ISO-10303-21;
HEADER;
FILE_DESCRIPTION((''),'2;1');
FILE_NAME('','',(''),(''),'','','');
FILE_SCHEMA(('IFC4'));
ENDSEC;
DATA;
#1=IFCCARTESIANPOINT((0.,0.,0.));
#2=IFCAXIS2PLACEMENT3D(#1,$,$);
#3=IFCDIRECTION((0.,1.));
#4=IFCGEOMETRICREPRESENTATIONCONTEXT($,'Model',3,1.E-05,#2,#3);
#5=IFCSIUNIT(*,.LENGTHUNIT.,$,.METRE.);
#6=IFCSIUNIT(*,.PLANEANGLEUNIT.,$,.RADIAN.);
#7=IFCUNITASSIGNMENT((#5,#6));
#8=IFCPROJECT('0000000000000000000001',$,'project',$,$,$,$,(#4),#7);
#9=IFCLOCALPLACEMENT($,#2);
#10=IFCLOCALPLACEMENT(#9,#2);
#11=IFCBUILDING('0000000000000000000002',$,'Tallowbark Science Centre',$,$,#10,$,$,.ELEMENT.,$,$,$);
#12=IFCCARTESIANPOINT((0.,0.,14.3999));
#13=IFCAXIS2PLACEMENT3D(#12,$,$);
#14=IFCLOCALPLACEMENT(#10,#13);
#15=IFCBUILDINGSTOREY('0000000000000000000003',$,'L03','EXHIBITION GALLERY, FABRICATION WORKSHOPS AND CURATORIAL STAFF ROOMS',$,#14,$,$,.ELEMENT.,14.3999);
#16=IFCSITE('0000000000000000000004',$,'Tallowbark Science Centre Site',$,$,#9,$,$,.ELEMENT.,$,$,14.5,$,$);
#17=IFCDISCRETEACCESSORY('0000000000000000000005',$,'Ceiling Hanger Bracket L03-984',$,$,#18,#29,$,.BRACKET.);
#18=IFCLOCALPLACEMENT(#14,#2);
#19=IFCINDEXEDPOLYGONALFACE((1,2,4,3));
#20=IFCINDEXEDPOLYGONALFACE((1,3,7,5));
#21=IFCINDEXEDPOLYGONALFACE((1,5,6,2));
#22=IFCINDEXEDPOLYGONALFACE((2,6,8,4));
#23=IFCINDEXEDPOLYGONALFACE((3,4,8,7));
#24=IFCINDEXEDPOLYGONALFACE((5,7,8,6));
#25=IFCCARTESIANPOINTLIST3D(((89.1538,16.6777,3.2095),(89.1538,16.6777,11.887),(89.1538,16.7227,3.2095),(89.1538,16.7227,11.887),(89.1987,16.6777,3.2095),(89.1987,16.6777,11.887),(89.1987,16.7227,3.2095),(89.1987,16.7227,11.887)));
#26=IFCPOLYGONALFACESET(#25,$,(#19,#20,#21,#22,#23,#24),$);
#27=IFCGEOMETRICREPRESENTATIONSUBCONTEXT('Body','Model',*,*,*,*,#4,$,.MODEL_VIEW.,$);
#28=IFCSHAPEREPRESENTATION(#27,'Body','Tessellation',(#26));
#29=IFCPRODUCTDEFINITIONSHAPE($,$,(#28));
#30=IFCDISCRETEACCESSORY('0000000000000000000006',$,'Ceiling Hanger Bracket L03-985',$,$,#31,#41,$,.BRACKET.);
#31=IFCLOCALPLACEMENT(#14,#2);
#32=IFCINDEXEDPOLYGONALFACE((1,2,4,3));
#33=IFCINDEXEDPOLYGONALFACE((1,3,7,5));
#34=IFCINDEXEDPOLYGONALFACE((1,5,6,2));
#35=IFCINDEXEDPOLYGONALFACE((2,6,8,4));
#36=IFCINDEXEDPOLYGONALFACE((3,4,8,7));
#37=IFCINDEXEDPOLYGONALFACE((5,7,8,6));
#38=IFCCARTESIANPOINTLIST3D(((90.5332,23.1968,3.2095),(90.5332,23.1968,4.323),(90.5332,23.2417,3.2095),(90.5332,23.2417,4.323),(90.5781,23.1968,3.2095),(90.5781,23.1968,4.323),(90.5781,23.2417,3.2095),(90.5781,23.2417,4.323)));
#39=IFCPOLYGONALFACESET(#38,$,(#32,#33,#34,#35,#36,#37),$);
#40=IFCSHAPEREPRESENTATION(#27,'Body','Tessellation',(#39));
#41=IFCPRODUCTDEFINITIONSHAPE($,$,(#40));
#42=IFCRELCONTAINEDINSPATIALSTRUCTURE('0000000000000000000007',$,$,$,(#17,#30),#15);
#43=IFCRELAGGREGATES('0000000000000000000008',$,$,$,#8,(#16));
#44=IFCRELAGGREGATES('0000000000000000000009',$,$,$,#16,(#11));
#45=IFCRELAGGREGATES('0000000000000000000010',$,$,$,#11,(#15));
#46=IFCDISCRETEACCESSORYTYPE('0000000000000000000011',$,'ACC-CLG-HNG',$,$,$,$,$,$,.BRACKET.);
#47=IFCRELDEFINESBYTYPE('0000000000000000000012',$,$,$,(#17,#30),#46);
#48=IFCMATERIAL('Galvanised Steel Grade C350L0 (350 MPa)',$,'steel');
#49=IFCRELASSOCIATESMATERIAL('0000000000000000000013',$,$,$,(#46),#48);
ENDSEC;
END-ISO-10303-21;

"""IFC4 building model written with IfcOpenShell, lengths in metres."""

from ifc_helpers import new_model, si_unit, direction, frame, origin, origin_2d, place, context, subcontext, project, spatial, rectangle, extrude, material, type_object, element, save


model = new_model("IFC4")

# Units and contexts
model_context = context("Model", 3, precision=1e-05, world=origin(), true_north=direction((0.0, 1.0)))
body_context = subcontext(model_context, "Body", "Model", "MODEL_VIEW")
ifc_project = project(units=[si_unit("LENGTHUNIT", "METRE"), si_unit("PLANEANGLEUNIT", "RADIAN")], contexts=[model_context])

# Site, building, storey
site_placement = place(None, origin())
site = spatial("IfcSite", under=ifc_project, at=site_placement, Name="Tallowbark Science Centre Site", CompositionType="ELEMENT", RefElevation=14.5)
building_placement = place(site_placement, origin())
building = spatial("IfcBuilding", under=site, at=building_placement, Name="Tallowbark Science Centre", CompositionType="ELEMENT")
storey_placement = place(building_placement, frame((0.0, 0.0, 14.3999)))
storey = spatial("IfcBuildingStorey", under=building, at=storey_placement, Name="L03", Description="EXHIBITION GALLERY, FABRICATION WORKSHOPS AND CURATORIAL STAFF ROOMS", CompositionType="ELEMENT", Elevation=14.3999)

# Discrete accessories
ifc_material_1 = material(Name="Galvanised Steel Grade C350L0 (350 MPa)", Category="steel")
discrete_accessory_type = type_object("IfcDiscreteAccessoryType", Name="ACC-CLG-HNG", PredefinedType="BRACKET", material=ifc_material_1)
discrete_accessory_1_placement = place(storey_placement, frame((89.1763, 16.7002, 3.2095), z_axis=(0.0, 0.0, 1.0), x_axis=(1.0, 0.0, 0.0)))
element("IfcDiscreteAccessory", 1, at=discrete_accessory_1_placement, inside=storey, type_object=discrete_accessory_type, Name="Ceiling Hanger Bracket L03-984", PredefinedType="BRACKET", context=body_context, shape_type="SweptSolid", body=[
    extrude(rectangle(XDim=0.0449, YDim=0.0449, at=origin_2d()), origin(), (0.0, 0.0, 1.0), 8.6775),
])
discrete_accessory_2_placement = place(storey_placement, frame((90.5557, 23.2192, 3.2095), z_axis=(0.0, 0.0, 1.0), x_axis=(1.0, 0.0, 0.0)))
element("IfcDiscreteAccessory", 2, at=discrete_accessory_2_placement, inside=storey, type_object=discrete_accessory_type, Name="Ceiling Hanger Bracket L03-985", PredefinedType="BRACKET", context=body_context, shape_type="SweptSolid", body=[
    extrude(rectangle(XDim=0.0449, YDim=0.0449, at=origin_2d()), origin(), (0.0, 0.0, 1.0), 1.1135),
])

save(model, "model.ifc")
